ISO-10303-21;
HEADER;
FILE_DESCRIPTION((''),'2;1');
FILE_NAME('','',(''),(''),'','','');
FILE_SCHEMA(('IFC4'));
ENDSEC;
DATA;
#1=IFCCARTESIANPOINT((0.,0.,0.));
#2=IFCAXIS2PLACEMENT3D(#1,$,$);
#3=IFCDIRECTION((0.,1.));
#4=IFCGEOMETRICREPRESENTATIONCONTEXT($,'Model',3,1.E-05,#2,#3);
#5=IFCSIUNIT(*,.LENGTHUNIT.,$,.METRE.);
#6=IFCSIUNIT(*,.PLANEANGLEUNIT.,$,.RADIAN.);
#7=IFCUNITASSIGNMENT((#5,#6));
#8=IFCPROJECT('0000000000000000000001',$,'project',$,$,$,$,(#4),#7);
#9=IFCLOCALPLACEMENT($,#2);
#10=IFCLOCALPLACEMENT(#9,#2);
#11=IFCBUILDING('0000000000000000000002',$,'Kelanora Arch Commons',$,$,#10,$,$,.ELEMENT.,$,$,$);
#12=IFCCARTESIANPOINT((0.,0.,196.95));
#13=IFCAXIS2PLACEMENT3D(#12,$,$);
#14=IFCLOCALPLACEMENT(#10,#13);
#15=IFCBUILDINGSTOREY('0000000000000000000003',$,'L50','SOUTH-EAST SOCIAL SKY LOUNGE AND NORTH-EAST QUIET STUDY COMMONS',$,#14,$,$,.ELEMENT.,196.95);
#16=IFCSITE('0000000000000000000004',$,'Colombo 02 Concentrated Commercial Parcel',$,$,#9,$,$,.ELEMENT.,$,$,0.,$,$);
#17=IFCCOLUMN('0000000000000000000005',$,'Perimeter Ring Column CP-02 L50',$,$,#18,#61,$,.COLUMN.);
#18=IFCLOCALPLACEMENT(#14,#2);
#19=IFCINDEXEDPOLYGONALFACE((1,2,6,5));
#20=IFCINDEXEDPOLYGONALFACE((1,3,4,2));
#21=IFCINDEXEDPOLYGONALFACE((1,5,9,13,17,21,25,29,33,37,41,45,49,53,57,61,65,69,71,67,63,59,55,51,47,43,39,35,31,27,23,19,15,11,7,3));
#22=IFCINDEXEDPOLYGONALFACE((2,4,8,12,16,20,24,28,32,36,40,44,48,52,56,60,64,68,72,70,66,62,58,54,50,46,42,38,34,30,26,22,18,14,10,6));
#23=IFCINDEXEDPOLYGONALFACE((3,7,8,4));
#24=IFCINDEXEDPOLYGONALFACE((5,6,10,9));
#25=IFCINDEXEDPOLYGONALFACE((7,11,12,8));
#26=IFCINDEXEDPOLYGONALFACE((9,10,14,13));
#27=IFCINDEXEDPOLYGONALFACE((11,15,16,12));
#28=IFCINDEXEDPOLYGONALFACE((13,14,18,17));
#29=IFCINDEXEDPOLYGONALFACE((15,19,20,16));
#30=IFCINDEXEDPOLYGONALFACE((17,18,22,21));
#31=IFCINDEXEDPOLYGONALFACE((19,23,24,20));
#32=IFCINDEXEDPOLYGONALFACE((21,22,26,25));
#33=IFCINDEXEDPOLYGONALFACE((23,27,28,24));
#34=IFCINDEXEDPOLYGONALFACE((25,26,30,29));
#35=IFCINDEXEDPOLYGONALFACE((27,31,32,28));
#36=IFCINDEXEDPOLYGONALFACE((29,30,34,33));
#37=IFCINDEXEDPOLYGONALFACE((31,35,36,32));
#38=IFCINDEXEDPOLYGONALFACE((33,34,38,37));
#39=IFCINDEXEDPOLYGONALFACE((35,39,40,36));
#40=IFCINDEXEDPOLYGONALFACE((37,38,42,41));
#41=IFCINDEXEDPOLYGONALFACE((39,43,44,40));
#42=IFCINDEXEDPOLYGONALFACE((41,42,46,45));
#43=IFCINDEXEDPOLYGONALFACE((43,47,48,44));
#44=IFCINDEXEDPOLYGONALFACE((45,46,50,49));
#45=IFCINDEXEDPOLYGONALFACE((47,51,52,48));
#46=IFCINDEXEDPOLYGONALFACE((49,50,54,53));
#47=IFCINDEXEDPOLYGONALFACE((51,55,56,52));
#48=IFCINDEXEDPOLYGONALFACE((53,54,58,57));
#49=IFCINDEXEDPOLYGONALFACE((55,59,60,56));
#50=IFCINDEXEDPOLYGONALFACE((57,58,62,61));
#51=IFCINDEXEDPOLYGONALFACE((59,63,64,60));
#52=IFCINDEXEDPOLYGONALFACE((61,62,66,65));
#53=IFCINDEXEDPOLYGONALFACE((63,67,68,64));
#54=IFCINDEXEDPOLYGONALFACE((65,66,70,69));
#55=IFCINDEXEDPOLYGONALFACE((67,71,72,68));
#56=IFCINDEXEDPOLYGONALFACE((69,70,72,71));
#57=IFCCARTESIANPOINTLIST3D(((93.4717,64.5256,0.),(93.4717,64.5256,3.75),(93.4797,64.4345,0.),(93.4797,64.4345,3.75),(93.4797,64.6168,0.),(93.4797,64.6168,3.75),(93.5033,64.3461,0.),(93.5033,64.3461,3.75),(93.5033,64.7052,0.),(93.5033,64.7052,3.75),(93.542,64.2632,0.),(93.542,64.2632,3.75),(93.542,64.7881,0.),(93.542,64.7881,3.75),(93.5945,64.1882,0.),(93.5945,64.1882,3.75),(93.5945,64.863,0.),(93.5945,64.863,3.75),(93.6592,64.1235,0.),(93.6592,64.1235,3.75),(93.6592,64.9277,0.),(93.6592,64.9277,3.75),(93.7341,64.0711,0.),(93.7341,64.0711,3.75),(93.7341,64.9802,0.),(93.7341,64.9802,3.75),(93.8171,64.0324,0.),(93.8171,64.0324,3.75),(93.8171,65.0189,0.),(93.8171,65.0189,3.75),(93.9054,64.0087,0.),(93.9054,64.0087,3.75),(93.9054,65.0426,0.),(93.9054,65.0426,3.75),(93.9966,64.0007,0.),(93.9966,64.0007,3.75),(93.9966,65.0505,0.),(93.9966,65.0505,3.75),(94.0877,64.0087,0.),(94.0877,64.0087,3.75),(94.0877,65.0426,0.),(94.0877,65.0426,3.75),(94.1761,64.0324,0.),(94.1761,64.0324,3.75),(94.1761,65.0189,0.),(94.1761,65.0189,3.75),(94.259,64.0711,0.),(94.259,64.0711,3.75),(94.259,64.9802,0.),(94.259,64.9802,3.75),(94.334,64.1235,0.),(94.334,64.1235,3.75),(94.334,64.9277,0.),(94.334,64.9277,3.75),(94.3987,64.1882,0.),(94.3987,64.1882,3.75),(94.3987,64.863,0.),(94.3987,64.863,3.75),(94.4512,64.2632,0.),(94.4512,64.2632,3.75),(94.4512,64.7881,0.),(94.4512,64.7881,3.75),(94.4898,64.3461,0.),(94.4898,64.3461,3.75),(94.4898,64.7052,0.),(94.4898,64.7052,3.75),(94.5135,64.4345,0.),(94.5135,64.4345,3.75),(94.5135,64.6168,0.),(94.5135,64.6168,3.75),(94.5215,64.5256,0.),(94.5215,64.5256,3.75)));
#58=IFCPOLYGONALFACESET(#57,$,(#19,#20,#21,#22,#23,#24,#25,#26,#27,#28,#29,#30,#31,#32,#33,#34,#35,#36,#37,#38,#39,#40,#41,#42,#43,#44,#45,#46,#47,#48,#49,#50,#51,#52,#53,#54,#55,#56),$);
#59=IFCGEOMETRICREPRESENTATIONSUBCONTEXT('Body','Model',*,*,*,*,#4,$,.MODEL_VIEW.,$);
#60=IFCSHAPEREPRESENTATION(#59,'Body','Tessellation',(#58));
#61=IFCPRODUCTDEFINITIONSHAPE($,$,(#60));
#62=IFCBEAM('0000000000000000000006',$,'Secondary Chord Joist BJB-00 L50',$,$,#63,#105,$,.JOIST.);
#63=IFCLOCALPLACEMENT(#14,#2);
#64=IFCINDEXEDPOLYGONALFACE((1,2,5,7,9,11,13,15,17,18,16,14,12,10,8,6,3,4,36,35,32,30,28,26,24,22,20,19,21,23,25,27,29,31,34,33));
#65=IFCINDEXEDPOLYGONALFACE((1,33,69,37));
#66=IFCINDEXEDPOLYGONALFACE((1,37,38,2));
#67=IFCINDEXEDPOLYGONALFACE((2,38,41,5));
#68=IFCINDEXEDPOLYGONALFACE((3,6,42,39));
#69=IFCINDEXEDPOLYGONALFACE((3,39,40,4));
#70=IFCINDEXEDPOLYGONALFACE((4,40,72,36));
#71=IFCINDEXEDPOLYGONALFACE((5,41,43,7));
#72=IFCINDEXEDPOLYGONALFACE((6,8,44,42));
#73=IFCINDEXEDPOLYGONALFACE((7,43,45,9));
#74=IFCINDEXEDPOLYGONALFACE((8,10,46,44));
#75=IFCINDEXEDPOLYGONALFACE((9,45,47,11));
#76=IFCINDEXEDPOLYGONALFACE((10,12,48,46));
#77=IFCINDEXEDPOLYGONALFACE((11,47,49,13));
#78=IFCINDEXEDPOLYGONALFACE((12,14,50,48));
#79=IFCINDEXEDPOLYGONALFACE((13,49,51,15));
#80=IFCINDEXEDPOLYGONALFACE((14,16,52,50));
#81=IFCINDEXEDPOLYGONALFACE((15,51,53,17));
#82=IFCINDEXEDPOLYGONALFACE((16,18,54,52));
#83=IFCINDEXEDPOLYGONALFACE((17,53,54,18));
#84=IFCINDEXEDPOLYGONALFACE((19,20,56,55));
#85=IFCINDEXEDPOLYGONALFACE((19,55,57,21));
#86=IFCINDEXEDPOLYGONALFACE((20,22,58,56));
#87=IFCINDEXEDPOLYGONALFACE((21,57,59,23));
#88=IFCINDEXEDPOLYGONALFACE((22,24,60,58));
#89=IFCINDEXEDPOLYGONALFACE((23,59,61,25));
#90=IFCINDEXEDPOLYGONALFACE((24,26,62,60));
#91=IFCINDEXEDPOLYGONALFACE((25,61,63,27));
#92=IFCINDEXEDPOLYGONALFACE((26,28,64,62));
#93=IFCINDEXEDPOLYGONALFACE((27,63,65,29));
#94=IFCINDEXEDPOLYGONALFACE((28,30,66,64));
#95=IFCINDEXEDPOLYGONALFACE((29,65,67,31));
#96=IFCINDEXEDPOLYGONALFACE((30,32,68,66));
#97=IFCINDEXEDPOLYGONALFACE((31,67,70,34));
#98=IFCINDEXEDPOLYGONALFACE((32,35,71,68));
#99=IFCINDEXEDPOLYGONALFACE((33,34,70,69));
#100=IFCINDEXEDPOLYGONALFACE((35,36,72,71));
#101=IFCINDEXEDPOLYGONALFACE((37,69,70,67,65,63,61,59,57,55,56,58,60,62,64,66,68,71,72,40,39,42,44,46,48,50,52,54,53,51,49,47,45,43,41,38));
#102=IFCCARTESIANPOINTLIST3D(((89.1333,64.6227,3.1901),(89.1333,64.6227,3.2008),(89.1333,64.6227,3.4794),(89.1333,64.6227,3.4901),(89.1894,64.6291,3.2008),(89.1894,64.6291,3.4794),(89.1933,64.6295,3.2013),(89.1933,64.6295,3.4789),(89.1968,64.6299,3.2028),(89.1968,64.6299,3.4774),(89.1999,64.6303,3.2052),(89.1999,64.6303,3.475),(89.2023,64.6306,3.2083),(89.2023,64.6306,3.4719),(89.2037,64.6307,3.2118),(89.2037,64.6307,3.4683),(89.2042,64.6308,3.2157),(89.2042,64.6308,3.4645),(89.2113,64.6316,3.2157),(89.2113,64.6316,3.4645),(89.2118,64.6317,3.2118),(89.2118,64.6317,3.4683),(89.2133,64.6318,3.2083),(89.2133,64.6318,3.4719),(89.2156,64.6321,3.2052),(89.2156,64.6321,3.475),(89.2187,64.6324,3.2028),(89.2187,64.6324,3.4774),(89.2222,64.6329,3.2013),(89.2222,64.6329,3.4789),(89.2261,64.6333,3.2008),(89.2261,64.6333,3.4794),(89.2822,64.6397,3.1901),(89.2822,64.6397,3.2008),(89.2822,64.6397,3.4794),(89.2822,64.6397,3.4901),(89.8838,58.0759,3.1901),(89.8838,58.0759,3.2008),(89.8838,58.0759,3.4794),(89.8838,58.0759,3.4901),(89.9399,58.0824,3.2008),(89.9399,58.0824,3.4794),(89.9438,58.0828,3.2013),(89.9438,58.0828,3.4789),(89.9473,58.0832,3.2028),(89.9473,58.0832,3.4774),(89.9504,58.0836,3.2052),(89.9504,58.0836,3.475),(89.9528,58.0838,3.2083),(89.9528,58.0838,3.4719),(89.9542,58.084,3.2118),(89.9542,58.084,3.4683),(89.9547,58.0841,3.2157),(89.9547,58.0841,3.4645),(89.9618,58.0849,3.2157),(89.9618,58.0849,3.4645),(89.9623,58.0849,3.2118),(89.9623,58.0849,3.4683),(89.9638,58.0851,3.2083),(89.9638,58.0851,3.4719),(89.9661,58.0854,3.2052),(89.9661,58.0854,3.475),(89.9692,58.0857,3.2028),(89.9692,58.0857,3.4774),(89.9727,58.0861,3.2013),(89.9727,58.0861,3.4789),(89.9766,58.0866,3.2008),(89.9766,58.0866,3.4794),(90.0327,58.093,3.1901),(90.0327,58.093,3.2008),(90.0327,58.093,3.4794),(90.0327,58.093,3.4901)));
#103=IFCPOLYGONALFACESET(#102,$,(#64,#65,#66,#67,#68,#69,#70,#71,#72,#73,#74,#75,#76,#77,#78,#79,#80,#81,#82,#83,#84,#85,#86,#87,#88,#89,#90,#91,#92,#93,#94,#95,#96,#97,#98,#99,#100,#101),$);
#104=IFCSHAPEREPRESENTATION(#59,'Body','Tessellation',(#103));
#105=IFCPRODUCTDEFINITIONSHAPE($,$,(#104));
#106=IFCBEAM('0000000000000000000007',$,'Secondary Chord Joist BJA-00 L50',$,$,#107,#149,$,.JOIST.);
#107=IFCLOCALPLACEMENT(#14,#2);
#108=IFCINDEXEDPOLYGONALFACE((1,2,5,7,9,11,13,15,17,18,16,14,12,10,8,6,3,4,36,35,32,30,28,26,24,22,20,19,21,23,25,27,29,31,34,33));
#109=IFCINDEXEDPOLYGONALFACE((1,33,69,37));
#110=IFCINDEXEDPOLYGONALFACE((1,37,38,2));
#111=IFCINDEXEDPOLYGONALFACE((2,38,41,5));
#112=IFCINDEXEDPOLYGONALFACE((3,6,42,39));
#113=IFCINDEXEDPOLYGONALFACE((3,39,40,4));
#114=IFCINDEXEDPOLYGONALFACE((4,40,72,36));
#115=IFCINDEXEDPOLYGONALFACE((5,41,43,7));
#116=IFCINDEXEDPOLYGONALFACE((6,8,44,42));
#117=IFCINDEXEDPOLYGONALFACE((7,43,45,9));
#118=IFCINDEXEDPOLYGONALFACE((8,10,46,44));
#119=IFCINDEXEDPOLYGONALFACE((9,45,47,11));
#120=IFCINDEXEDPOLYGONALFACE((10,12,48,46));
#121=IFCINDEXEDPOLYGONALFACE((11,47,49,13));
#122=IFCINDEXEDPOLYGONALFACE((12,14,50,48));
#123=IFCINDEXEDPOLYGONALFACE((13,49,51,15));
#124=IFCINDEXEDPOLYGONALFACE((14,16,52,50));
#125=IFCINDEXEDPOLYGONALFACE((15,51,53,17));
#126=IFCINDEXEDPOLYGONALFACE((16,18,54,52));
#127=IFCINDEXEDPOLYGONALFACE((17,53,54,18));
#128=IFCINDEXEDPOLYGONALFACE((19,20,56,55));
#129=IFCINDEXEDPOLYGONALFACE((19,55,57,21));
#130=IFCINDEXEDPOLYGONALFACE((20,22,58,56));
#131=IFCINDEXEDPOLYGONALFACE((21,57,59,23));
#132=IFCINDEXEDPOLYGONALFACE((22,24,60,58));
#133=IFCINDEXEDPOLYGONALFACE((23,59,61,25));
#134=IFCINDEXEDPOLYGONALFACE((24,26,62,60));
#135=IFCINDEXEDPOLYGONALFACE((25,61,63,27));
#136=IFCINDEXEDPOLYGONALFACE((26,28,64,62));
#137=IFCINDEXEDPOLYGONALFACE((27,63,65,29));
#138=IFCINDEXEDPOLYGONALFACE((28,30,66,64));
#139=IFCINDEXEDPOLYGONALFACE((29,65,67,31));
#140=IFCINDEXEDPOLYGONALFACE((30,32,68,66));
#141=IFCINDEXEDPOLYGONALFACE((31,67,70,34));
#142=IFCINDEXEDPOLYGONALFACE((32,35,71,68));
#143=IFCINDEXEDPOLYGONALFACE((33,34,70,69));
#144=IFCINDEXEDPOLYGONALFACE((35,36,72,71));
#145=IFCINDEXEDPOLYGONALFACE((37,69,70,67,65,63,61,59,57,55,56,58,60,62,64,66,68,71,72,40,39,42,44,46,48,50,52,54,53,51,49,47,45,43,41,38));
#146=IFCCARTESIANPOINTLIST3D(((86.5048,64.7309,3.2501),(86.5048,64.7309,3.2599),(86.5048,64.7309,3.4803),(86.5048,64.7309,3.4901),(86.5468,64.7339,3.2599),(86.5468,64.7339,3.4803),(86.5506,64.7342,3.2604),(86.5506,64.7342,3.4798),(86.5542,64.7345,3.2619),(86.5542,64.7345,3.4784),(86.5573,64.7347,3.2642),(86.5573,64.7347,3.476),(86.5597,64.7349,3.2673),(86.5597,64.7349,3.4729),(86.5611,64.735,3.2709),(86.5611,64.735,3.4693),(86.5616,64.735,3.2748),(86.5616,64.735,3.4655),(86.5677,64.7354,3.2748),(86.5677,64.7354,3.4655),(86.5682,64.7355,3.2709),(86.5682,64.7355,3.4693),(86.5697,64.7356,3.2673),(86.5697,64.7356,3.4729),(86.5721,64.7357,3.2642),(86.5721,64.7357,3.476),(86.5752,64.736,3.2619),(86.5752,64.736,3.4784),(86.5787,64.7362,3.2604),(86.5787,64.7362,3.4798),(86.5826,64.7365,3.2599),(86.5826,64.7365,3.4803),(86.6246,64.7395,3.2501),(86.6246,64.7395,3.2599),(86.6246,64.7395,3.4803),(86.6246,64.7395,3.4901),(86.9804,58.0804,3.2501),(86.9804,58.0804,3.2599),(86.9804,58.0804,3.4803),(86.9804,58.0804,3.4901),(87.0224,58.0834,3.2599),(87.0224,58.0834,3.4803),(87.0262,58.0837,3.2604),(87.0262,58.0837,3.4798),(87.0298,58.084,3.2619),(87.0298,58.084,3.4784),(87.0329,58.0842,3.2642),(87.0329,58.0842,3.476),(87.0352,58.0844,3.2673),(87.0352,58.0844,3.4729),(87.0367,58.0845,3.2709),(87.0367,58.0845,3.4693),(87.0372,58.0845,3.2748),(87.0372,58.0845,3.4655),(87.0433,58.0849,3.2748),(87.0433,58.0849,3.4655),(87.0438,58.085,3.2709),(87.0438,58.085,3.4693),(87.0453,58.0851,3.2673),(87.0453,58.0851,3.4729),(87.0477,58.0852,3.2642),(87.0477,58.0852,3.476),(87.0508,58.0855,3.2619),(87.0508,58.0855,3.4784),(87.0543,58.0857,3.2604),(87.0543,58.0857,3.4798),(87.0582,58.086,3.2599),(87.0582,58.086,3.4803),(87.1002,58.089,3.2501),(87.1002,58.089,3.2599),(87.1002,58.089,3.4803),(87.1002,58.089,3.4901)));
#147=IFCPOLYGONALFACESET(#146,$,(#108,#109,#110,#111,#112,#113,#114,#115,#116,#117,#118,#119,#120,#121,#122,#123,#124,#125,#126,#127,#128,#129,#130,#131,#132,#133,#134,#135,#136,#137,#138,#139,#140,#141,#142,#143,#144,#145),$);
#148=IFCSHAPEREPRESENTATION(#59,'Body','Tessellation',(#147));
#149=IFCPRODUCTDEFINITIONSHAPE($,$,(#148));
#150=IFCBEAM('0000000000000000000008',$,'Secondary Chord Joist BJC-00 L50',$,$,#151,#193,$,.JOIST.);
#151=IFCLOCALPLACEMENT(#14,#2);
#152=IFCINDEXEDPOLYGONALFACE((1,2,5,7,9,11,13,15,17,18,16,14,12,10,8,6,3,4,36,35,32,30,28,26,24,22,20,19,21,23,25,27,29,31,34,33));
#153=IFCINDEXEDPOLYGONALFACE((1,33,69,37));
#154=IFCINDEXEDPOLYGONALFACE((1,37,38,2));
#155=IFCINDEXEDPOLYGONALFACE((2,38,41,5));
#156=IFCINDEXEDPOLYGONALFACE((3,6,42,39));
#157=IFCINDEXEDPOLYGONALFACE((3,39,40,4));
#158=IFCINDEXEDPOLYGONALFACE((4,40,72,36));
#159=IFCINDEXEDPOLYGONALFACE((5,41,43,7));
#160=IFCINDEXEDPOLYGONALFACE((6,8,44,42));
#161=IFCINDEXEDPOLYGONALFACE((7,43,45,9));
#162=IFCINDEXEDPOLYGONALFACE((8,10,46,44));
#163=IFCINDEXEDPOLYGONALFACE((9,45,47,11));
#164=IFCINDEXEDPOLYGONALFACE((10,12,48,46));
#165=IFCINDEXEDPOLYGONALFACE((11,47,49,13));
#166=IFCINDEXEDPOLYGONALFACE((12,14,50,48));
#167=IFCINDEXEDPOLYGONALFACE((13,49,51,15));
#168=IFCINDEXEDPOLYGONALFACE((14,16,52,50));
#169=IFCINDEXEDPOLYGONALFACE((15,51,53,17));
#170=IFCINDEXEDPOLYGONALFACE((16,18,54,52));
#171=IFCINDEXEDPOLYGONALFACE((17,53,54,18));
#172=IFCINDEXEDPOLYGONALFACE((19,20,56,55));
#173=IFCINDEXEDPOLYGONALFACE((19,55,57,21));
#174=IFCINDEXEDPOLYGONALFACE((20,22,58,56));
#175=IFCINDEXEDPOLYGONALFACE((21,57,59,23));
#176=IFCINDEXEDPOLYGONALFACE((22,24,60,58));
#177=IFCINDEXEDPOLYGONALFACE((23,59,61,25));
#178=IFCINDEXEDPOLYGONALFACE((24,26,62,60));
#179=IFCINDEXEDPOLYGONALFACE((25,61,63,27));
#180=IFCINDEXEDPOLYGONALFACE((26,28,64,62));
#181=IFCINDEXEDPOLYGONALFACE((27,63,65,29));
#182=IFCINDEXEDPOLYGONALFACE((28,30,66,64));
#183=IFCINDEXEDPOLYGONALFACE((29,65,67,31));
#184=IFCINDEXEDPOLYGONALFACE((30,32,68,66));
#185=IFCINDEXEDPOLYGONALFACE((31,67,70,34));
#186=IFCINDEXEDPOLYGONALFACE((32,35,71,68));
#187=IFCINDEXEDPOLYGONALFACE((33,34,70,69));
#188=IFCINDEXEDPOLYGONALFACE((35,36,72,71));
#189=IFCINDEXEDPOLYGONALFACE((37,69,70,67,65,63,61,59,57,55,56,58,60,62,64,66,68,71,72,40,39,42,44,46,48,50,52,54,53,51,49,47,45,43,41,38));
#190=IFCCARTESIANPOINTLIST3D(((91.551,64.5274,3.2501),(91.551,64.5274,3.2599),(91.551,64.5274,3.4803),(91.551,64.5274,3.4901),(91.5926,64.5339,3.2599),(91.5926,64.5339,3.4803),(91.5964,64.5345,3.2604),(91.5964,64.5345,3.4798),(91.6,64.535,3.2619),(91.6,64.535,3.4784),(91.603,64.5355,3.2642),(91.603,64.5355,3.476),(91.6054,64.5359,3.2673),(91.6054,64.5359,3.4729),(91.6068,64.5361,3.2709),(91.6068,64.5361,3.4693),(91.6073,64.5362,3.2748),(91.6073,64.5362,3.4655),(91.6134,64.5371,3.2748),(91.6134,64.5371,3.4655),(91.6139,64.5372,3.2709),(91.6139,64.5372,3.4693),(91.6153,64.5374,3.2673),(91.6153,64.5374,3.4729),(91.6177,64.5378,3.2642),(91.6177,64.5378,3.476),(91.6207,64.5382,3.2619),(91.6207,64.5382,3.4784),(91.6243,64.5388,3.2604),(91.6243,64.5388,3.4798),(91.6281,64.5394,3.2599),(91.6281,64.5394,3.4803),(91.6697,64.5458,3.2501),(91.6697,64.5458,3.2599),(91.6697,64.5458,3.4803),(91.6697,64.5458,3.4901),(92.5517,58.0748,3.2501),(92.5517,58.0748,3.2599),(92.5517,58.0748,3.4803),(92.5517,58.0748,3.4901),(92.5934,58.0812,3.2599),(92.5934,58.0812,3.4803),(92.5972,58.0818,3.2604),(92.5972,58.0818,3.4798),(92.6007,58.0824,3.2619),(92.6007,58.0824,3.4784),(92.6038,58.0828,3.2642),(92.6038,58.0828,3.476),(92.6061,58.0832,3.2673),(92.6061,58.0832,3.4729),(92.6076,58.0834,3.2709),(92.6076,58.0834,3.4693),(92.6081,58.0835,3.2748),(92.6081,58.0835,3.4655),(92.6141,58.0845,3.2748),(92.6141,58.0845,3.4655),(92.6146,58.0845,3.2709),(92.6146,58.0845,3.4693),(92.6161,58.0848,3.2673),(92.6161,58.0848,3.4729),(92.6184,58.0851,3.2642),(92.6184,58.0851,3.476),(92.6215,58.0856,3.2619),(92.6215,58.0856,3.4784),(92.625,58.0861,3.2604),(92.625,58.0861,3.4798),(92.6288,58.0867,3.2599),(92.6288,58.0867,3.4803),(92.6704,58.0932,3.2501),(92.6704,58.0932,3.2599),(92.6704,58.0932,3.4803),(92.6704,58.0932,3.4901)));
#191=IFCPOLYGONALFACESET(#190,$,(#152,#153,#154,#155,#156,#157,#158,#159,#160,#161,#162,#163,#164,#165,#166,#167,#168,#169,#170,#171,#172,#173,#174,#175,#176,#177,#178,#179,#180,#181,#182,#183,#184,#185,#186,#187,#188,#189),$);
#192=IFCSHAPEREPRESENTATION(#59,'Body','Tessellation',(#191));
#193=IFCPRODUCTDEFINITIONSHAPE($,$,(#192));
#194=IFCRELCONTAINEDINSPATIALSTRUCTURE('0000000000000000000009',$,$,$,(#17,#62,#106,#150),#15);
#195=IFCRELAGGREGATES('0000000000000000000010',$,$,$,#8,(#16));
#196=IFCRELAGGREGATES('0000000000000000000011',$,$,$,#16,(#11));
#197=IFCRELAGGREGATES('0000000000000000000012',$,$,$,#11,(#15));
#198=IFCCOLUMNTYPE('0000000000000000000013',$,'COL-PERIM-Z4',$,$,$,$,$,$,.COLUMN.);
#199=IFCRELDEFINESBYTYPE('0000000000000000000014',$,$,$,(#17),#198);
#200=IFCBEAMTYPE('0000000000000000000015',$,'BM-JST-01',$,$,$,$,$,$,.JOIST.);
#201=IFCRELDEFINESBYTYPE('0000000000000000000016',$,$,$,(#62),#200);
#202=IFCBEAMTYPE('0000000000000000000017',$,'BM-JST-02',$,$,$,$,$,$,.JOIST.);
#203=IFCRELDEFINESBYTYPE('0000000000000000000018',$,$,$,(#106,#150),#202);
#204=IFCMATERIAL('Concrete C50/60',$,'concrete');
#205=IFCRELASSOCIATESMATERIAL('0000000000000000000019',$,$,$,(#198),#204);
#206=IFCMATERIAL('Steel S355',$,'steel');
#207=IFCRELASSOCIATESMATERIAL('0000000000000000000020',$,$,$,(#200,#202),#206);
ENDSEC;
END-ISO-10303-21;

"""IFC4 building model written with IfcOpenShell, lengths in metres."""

from ifc_helpers import new_model, si_unit, direction, frame, origin, origin_2d, place, context, subcontext, project, spatial, circle, i_section, extrude, material, material_profile, profile_set, type_object, element, save


model = new_model("IFC4")

# Units and contexts
model_context = context("Model", 3, precision=1e-05, world=origin(), true_north=direction((0.0, 1.0)))
body_context = subcontext(model_context, "Body", "Model", "MODEL_VIEW")
ifc_project = project(units=[si_unit("LENGTHUNIT", "METRE"), si_unit("PLANEANGLEUNIT", "RADIAN")], contexts=[model_context])

# Site, building, storey
site_placement = place(None, origin())
site = spatial("IfcSite", under=ifc_project, at=site_placement, Name="Colombo 02 Concentrated Commercial Parcel", CompositionType="ELEMENT", RefElevation=0.0)
building_placement = place(site_placement, origin())
building = spatial("IfcBuilding", under=site, at=building_placement, Name="Kelanora Arch Commons", CompositionType="ELEMENT")
storey_placement = place(building_placement, frame((0.0, 0.0, 196.95)))
storey = spatial("IfcBuildingStorey", under=building, at=storey_placement, Name="L50", Description="SOUTH-EAST SOCIAL SKY LOUNGE AND NORTH-EAST QUIET STUDY COMMONS", CompositionType="ELEMENT", Elevation=196.95)

# Column
ifc_material_1 = material(Name="Concrete C50/60", Category="concrete")
ifc_material_profile_1 = material_profile(ifc_material_1, circle(Radius=0.5249, at=origin_2d()), Name="RCC1050")
ifc_profile_set_1 = profile_set([ifc_material_profile_1], Name="Concrete C50/60")
column_type = type_object("IfcColumnType", Name="COL-PERIM-Z4", PredefinedType="COLUMN", material=ifc_profile_set_1)
column_placement = place(storey_placement, frame((93.9966, 64.5256, 0.0), z_axis=(0.0, 0.0, 1.0), x_axis=(1.0, 0.0, 0.0)))
element("IfcColumn", 1, at=column_placement, inside=storey, type_object=column_type, Name="Perimeter Ring Column CP-02 L50", PredefinedType="COLUMN", context=body_context, shape_type="SweptSolid", body=[
    extrude(circle(Radius=0.5249, at=origin_2d()), origin(), (0.0, 0.0, 1.0), 3.75),
])

# Beams
ifc_material_2 = material(Name="Steel S355", Category="steel")
ifc_material_profile_2 = material_profile(ifc_material_2, i_section(OverallWidth=0.1499, OverallDepth=0.3, WebThickness=0.0071, FlangeThickness=0.0107, FilletRadius=0.0149, at=origin_2d()), Name="IPE300")
ifc_profile_set_2 = profile_set([ifc_material_profile_2], Name="Steel S355")
beam_type_1 = type_object("IfcBeamType", Name="BM-JST-01", PredefinedType="JOIST", material=ifc_profile_set_2)
beam_1_placement = place(storey_placement, frame((89.9583, 58.0845, 3.3401), z_axis=(-0.113891, 0.993493, 0.0), x_axis=(-0.993493, -0.113891, 0.0)))
element("IfcBeam", 2, at=beam_1_placement, inside=storey, type_object=beam_type_1, Name="Secondary Chord Joist BJB-00 L50", PredefinedType="JOIST", context=body_context, shape_type="SweptSolid", body=[
    extrude(i_section(OverallWidth=0.1499, OverallDepth=0.3, WebThickness=0.0071, FlangeThickness=0.0107, FilletRadius=0.0149, at=origin_2d()), origin(), (0.0, 0.0, 1.0), 6.5896),
])
ifc_material_profile_3 = material_profile(ifc_material_2, i_section(OverallWidth=0.1201, OverallDepth=0.24, WebThickness=0.0061, FlangeThickness=0.0098, FilletRadius=0.0149, at=origin_2d()), Name="IPE240")
ifc_profile_set_3 = profile_set([ifc_material_profile_3], Name="Steel S355")
beam_type_2 = type_object("IfcBeamType", Name="BM-JST-02", PredefinedType="JOIST", material=ifc_profile_set_3)
beam_2_placement = place(storey_placement, frame((87.0403, 58.0847, 3.3701), z_axis=(-0.07133, 0.997453, 0.0), x_axis=(-0.997453, -0.07133, 0.0)))
element("IfcBeam", 3, at=beam_2_placement, inside=storey, type_object=beam_type_2, Name="Secondary Chord Joist BJA-00 L50", PredefinedType="JOIST", context=body_context, shape_type="SweptSolid", body=[
    extrude(i_section(OverallWidth=0.1201, OverallDepth=0.24, WebThickness=0.0061, FlangeThickness=0.0098, FilletRadius=0.0149, at=origin_2d()), origin(), (0.0, 0.0, 1.0), 6.6675),
])
beam_3_placement = place(storey_placement, frame((92.6111, 58.084, 3.3701), z_axis=(-0.153257, 0.988186, 0.0), x_axis=(-0.988186, -0.153257, 0.0)))
element("IfcBeam", 4, at=beam_3_placement, inside=storey, type_object=beam_type_2, Name="Secondary Chord Joist BJC-00 L50", PredefinedType="JOIST", context=body_context, shape_type="SweptSolid", body=[
    extrude(i_section(OverallWidth=0.1201, OverallDepth=0.24, WebThickness=0.0061, FlangeThickness=0.0098, FilletRadius=0.0149, at=origin_2d()), origin(), (0.0, 0.0, 1.0), 6.5298),
])

save(model, "model.ifc")
